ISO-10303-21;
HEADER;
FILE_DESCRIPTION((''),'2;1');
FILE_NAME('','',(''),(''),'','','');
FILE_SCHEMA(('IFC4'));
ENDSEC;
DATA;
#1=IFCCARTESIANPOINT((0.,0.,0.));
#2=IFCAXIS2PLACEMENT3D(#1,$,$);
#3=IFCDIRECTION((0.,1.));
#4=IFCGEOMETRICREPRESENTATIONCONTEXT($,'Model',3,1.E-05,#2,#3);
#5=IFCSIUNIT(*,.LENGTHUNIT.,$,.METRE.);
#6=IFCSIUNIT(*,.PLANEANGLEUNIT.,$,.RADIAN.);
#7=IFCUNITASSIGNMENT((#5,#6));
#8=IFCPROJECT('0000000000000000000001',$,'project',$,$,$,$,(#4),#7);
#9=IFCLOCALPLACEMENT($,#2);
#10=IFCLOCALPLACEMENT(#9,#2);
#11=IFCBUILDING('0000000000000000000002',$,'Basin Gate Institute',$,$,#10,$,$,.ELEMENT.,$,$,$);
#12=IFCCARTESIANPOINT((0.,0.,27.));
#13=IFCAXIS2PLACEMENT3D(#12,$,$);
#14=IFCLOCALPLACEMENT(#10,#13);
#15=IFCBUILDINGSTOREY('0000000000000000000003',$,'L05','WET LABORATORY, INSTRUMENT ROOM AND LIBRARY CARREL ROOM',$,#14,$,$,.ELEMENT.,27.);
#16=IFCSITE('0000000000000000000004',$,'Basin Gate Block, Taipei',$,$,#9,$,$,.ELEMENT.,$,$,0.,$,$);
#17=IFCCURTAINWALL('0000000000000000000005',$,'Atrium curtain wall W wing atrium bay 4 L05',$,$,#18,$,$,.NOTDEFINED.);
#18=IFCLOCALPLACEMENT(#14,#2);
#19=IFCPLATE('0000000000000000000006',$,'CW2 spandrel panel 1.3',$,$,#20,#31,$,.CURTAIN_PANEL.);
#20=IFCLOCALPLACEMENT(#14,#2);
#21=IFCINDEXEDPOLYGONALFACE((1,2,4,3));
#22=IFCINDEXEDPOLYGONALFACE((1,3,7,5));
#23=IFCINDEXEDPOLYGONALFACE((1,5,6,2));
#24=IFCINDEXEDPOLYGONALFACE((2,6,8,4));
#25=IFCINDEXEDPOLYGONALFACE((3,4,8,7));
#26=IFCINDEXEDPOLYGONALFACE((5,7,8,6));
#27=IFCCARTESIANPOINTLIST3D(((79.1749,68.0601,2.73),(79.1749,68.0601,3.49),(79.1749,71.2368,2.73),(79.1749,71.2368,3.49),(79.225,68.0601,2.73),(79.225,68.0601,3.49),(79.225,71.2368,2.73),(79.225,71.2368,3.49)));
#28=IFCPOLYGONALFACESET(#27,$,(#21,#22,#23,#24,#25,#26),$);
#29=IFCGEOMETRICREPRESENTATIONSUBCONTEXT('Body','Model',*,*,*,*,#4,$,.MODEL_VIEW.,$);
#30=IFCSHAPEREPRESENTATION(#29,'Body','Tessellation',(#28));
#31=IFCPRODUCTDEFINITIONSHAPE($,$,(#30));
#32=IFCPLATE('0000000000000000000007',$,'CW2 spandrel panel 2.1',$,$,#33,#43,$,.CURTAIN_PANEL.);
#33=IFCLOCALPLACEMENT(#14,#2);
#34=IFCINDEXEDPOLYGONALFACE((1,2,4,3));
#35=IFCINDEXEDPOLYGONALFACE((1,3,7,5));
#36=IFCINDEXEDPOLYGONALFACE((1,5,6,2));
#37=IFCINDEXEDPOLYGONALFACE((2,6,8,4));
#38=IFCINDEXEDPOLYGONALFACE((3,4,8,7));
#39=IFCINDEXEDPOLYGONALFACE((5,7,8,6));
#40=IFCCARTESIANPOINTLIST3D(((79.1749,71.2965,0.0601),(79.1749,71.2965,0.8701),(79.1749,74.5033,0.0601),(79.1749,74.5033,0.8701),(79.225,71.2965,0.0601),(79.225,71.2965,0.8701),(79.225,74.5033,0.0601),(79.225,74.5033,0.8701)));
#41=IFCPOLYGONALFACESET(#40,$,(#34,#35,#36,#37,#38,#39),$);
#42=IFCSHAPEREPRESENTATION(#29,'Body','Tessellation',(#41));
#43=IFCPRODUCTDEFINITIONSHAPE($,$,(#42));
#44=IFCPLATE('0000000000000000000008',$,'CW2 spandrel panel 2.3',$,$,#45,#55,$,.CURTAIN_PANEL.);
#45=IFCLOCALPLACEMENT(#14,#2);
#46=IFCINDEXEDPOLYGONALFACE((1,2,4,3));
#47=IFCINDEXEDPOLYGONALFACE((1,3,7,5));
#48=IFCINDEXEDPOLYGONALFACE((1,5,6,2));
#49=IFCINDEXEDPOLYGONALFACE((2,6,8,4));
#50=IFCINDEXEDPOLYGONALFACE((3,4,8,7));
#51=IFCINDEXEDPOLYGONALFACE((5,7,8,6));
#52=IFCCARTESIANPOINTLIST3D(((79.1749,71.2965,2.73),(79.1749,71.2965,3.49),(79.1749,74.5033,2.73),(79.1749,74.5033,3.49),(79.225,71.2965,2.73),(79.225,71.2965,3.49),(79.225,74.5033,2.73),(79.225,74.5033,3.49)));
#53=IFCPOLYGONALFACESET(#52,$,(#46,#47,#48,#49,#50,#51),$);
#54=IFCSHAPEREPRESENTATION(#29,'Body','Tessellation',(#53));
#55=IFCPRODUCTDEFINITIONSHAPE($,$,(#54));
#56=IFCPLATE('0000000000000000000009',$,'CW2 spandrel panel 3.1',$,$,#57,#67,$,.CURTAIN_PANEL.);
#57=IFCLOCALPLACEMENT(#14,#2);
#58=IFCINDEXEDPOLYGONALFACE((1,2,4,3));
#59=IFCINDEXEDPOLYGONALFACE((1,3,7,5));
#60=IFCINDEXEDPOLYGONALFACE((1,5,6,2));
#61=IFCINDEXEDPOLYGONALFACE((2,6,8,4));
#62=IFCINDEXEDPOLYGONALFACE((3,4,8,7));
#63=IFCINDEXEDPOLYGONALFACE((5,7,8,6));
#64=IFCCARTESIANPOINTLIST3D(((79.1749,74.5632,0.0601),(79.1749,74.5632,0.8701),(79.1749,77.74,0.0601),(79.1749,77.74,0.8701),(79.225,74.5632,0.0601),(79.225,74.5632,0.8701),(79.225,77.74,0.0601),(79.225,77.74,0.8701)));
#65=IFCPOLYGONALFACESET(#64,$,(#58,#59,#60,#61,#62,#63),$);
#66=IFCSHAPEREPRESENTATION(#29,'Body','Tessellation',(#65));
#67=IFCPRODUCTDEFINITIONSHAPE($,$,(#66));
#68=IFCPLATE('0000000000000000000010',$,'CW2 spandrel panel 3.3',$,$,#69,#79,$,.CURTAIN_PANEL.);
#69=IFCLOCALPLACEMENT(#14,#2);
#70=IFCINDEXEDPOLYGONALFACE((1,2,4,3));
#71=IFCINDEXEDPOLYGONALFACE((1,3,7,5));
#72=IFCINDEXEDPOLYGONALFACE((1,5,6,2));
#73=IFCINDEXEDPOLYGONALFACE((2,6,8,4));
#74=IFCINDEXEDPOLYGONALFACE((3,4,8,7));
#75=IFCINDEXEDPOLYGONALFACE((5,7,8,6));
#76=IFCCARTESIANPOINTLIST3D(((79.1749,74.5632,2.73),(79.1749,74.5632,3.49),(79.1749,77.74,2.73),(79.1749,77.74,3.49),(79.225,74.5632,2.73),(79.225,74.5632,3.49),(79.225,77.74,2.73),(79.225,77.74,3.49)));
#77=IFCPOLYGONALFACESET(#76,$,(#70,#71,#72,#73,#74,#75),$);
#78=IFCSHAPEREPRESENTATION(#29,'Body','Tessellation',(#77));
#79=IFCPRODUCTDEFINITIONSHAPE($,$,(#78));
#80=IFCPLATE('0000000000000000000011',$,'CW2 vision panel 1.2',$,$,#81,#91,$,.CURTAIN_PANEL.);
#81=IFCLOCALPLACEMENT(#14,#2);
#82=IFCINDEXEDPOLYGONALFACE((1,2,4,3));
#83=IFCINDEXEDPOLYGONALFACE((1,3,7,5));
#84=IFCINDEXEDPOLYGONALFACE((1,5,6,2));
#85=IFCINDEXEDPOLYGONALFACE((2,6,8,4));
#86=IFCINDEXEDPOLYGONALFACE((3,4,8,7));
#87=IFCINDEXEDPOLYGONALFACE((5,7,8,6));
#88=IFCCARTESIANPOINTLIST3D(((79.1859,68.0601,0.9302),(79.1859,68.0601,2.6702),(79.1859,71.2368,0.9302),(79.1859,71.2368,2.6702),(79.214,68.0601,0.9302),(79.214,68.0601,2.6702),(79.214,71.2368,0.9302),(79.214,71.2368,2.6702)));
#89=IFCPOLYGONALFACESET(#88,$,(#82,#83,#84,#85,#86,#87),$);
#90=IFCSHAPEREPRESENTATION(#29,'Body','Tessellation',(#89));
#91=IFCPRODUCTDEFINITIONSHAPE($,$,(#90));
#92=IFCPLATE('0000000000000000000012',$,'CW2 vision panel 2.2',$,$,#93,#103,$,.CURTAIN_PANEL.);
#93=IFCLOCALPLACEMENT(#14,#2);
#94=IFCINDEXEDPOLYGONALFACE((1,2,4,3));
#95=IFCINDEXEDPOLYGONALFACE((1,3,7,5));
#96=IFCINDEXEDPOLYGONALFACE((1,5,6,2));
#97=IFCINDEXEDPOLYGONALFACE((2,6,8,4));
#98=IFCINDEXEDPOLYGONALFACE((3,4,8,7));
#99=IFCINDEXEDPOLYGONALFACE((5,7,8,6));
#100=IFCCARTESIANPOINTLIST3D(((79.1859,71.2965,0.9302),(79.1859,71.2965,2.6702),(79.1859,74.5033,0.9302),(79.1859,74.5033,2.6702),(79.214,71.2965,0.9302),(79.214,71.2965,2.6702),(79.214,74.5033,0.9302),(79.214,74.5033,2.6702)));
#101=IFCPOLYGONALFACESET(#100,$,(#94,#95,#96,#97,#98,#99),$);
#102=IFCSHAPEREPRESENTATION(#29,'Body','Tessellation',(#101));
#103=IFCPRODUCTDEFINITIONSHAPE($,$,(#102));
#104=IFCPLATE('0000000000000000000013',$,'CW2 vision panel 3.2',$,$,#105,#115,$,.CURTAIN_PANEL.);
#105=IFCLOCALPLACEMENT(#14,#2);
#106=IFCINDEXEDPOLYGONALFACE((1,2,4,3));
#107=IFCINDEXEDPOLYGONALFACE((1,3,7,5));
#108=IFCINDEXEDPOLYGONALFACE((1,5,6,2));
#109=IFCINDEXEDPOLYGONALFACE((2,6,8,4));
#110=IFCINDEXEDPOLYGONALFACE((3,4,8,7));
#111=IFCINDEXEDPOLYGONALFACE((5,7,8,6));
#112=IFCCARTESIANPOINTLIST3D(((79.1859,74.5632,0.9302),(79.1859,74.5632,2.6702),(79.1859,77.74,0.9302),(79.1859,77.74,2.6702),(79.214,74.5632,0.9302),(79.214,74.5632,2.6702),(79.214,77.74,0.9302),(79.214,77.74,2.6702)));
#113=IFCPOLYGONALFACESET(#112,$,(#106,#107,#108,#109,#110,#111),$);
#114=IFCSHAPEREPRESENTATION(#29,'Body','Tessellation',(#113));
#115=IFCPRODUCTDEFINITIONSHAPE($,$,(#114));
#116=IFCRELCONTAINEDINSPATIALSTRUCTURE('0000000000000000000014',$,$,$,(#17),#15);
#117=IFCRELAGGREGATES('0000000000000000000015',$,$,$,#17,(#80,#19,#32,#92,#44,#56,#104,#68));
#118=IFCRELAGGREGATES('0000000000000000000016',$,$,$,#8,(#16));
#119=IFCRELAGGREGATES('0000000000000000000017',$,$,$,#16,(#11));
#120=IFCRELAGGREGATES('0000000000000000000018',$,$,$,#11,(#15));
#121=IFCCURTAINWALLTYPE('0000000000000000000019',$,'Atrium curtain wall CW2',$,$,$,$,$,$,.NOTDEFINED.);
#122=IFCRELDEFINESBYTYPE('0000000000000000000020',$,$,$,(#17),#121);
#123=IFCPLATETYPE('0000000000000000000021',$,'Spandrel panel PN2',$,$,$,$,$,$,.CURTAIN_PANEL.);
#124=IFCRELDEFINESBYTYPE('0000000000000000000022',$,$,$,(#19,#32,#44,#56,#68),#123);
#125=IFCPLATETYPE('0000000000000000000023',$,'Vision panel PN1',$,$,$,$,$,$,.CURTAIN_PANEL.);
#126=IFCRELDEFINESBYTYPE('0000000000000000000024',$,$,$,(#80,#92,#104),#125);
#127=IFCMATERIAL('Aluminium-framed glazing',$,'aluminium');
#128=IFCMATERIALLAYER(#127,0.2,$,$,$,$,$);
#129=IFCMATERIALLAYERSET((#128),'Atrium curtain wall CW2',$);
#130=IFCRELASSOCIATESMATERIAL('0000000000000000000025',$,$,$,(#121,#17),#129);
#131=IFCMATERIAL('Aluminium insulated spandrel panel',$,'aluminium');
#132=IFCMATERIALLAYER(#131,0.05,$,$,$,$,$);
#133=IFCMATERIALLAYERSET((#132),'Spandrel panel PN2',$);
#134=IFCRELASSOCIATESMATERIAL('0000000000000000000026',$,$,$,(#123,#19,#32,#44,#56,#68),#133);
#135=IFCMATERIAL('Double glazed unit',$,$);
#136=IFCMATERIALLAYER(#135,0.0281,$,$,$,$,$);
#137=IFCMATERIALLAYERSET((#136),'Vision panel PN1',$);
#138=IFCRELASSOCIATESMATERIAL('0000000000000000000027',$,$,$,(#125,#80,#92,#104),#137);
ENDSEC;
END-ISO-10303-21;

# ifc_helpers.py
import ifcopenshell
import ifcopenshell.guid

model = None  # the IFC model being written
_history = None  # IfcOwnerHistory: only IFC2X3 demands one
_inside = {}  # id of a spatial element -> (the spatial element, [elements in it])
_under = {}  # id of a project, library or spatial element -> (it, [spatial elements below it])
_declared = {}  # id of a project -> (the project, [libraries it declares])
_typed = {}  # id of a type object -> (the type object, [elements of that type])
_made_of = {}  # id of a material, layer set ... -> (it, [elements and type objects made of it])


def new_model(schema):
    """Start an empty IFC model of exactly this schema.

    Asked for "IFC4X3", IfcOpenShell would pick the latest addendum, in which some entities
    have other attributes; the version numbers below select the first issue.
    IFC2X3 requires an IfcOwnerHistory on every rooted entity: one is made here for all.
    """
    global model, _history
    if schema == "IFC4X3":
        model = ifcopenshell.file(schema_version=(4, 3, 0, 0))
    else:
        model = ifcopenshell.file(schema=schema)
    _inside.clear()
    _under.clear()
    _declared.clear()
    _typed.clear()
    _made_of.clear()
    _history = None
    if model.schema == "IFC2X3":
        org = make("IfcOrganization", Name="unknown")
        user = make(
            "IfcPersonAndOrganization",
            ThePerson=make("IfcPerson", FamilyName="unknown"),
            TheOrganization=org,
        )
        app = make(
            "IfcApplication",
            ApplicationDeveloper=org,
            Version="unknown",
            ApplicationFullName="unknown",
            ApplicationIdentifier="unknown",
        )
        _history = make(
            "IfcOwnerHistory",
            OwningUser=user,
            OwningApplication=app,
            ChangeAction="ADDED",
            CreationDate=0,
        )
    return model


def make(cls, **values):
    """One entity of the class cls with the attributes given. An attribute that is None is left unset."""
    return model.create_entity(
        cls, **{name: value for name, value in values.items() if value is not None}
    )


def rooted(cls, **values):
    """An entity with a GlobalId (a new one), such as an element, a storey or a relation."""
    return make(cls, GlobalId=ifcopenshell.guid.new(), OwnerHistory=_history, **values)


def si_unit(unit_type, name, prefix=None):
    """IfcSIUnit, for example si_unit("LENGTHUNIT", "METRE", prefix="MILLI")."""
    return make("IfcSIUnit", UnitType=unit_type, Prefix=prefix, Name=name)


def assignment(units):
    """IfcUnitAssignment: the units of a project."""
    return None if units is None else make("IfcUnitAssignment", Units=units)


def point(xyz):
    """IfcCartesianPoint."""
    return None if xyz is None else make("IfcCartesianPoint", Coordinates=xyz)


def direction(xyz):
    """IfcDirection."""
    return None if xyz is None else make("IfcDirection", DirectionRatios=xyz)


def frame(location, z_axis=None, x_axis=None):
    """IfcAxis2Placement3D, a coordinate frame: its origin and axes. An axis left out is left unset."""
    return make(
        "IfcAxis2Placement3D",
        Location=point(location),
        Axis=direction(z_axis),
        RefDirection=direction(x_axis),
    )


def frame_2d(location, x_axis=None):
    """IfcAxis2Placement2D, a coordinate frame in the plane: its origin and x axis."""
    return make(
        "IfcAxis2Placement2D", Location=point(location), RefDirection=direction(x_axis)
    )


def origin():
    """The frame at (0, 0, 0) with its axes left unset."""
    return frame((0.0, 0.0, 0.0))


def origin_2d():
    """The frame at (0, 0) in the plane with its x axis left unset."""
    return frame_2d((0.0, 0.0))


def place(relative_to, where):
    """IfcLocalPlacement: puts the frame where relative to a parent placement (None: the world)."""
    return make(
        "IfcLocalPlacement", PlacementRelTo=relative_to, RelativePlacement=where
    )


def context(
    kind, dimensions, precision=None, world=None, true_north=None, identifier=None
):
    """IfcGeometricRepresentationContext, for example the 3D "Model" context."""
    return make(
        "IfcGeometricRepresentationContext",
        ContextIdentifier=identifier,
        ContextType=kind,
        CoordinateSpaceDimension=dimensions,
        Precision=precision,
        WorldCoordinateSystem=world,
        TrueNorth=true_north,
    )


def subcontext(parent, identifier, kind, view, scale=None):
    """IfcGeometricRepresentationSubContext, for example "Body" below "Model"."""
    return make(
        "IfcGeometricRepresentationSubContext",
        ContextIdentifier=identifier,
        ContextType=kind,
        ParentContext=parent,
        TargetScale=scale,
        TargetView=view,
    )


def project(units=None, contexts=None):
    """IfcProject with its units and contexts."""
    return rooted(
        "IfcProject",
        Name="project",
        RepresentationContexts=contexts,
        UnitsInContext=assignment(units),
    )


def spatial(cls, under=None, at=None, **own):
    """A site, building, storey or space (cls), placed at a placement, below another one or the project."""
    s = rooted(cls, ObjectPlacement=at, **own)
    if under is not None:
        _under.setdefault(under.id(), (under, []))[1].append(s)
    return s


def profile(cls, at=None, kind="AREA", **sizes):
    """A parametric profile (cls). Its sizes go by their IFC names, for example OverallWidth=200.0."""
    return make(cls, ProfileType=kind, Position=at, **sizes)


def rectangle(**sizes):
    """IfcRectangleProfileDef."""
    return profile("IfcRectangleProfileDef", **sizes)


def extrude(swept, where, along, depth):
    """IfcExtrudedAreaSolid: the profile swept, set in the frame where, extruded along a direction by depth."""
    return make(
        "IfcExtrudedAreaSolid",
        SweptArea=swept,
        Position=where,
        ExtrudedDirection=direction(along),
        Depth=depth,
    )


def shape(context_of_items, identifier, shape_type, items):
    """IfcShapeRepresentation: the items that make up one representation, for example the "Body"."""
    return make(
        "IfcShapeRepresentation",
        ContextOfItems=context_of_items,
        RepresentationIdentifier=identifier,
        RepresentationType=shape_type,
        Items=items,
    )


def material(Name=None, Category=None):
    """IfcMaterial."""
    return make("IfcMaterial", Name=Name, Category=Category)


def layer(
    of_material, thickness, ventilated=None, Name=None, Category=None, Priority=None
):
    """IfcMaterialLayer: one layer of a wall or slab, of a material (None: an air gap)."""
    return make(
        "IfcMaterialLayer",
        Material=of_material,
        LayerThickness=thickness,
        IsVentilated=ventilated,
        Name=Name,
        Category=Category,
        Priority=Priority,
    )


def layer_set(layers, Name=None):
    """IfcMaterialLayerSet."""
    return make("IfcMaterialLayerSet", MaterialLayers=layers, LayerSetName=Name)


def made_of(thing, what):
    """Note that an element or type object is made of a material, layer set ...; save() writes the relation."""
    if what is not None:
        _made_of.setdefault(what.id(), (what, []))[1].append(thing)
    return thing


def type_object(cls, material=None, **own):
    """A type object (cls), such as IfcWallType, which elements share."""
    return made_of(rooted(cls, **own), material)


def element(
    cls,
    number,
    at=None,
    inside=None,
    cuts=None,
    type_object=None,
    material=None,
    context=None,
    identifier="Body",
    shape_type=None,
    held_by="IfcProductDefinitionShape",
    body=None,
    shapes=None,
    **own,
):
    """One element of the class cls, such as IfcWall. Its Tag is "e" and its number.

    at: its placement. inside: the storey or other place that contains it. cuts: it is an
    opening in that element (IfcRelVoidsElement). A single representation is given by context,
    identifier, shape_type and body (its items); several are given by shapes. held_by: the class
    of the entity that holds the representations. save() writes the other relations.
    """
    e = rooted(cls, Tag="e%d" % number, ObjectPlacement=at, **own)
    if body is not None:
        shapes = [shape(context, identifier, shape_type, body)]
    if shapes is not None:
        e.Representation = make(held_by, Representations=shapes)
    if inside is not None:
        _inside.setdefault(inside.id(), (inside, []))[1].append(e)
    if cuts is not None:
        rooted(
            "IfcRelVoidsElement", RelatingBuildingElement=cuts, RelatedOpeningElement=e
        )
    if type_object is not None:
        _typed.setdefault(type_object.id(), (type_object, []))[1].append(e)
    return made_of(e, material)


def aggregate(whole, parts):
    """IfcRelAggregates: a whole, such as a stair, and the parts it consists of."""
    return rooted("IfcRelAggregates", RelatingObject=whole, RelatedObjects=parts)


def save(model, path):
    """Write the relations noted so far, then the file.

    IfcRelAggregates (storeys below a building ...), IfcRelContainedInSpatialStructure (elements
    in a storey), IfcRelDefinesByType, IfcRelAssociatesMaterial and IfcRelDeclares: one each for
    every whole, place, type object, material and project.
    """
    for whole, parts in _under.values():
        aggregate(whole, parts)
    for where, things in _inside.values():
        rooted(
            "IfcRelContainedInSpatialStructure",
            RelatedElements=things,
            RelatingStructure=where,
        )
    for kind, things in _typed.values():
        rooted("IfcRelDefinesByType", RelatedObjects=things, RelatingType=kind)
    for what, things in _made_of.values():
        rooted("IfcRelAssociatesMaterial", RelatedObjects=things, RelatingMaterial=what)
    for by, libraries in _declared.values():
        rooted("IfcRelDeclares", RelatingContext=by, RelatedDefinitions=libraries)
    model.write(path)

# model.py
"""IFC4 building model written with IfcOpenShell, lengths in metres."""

from ifc_helpers import new_model, si_unit, direction, frame, origin, origin_2d, place, context, subcontext, project, spatial, rectangle, extrude, material, layer, layer_set, type_object, element, aggregate, save


model = new_model("IFC4")

# Units and contexts
model_context = context("Model", 3, precision=1e-05, world=origin(), true_north=direction((0.0, 1.0)))
body_context = subcontext(model_context, "Body", "Model", "MODEL_VIEW")
ifc_project = project(units=[si_unit("LENGTHUNIT", "METRE"), si_unit("PLANEANGLEUNIT", "RADIAN")], contexts=[model_context])

# Site, building, storey
site_placement = place(None, origin())
site = spatial("IfcSite", under=ifc_project, at=site_placement, Name="Basin Gate Block, Taipei", CompositionType="ELEMENT", RefElevation=0.0)
building_placement = place(site_placement, origin())
building = spatial("IfcBuilding", under=site, at=building_placement, Name="Basin Gate Institute", CompositionType="ELEMENT")
storey_placement = place(building_placement, frame((0.0, 0.0, 27.0)))
storey = spatial("IfcBuildingStorey", under=building, at=storey_placement, Name="L05", Description="WET LABORATORY, INSTRUMENT ROOM AND LIBRARY CARREL ROOM", CompositionType="ELEMENT", Elevation=27.0)

# Curtain wall, plates
ifc_material_1 = material(Name="Aluminium-framed glazing", Category="aluminium")
ifc_layer_1 = layer(ifc_material_1, 0.2)
ifc_layer_set_1 = layer_set([ifc_layer_1], Name="Atrium curtain wall CW2")
curtain_wall_type = type_object("IfcCurtainWallType", Name="Atrium curtain wall CW2", PredefinedType="NOTDEFINED", material=ifc_layer_set_1)
curtain_wall_placement = place(storey_placement, origin())
curtain_wall = element("IfcCurtainWall", 1, at=curtain_wall_placement, inside=storey, type_object=curtain_wall_type, material=ifc_layer_set_1, Name="Atrium curtain wall W wing atrium bay 4 L05", PredefinedType="NOTDEFINED")
ifc_material_2 = material(Name="Aluminium insulated spandrel panel", Category="aluminium")
ifc_layer_2 = layer(ifc_material_2, 0.05)
ifc_layer_set_2 = layer_set([ifc_layer_2], Name="Spandrel panel PN2")
plate_type_1 = type_object("IfcPlateType", Name="Spandrel panel PN2", PredefinedType="CURTAIN_PANEL", material=ifc_layer_set_2)
plate_1_placement = place(storey_placement, frame((79.2, 69.6484, 2.73), z_axis=(0.0, 0.0, 1.0), x_axis=(0.0, 1.0, 0.0)))
plate_1 = element("IfcPlate", 2, at=plate_1_placement, type_object=plate_type_1, material=ifc_layer_set_2, Name="CW2 spandrel panel 1.3", PredefinedType="CURTAIN_PANEL", context=body_context, shape_type="SweptSolid", body=[
    extrude(rectangle(XDim=3.1768, YDim=0.05, at=origin_2d()), origin(), (0.0, 0.0, 1.0), 0.76),
])
plate_2_placement = place(storey_placement, frame((79.2, 72.8999, 0.0601), z_axis=(0.0, 0.0, 1.0), x_axis=(0.0, 1.0, 0.0)))
plate_2 = element("IfcPlate", 3, at=plate_2_placement, type_object=plate_type_1, material=ifc_layer_set_2, Name="CW2 spandrel panel 2.1", PredefinedType="CURTAIN_PANEL", context=body_context, shape_type="SweptSolid", body=[
    extrude(rectangle(XDim=3.2068, YDim=0.05, at=origin_2d()), origin(), (0.0, 0.0, 1.0), 0.8101),
])
plate_3_placement = place(storey_placement, frame((79.2, 72.8999, 2.73), z_axis=(0.0, 0.0, 1.0), x_axis=(0.0, 1.0, 0.0)))
plate_3 = element("IfcPlate", 4, at=plate_3_placement, type_object=plate_type_1, material=ifc_layer_set_2, Name="CW2 spandrel panel 2.3", PredefinedType="CURTAIN_PANEL", context=body_context, shape_type="SweptSolid", body=[
    extrude(rectangle(XDim=3.2068, YDim=0.05, at=origin_2d()), origin(), (0.0, 0.0, 1.0), 0.76),
])
plate_4_placement = place(storey_placement, frame((79.2, 76.1516, 0.0601), z_axis=(0.0, 0.0, 1.0), x_axis=(0.0, 1.0, 0.0)))
plate_4 = element("IfcPlate", 5, at=plate_4_placement, type_object=plate_type_1, material=ifc_layer_set_2, Name="CW2 spandrel panel 3.1", PredefinedType="CURTAIN_PANEL", context=body_context, shape_type="SweptSolid", body=[
    extrude(rectangle(XDim=3.1768, YDim=0.05, at=origin_2d()), origin(), (0.0, 0.0, 1.0), 0.8101),
])
plate_5_placement = place(storey_placement, frame((79.2, 76.1516, 2.73), z_axis=(0.0, 0.0, 1.0), x_axis=(0.0, 1.0, 0.0)))
plate_5 = element("IfcPlate", 6, at=plate_5_placement, type_object=plate_type_1, material=ifc_layer_set_2, Name="CW2 spandrel panel 3.3", PredefinedType="CURTAIN_PANEL", context=body_context, shape_type="SweptSolid", body=[
    extrude(rectangle(XDim=3.1768, YDim=0.05, at=origin_2d()), origin(), (0.0, 0.0, 1.0), 0.76),
])
ifc_material_3 = material(Name="Double glazed unit")
ifc_layer_3 = layer(ifc_material_3, 0.0281)
ifc_layer_set_3 = layer_set([ifc_layer_3], Name="Vision panel PN1")
plate_type_2 = type_object("IfcPlateType", Name="Vision panel PN1", PredefinedType="CURTAIN_PANEL", material=ifc_layer_set_3)
plate_6_placement = place(storey_placement, frame((79.2, 69.6484, 0.9302), z_axis=(0.0, 0.0, 1.0), x_axis=(0.0, 1.0, 0.0)))
plate_6 = element("IfcPlate", 7, at=plate_6_placement, type_object=plate_type_2, material=ifc_layer_set_3, Name="CW2 vision panel 1.2", PredefinedType="CURTAIN_PANEL", context=body_context, shape_type="SweptSolid", body=[
    extrude(rectangle(XDim=3.1768, YDim=0.0281, at=origin_2d()), origin(), (0.0, 0.0, 1.0), 1.74),
])
plate_7_placement = place(storey_placement, frame((79.2, 72.8999, 0.9302), z_axis=(0.0, 0.0, 1.0), x_axis=(0.0, 1.0, 0.0)))
plate_7 = element("IfcPlate", 8, at=plate_7_placement, type_object=plate_type_2, material=ifc_layer_set_3, Name="CW2 vision panel 2.2", PredefinedType="CURTAIN_PANEL", context=body_context, shape_type="SweptSolid", body=[
    extrude(rectangle(XDim=3.2068, YDim=0.0281, at=origin_2d()), origin(), (0.0, 0.0, 1.0), 1.74),
])
plate_8_placement = place(storey_placement, frame((79.2, 76.1516, 0.9302), z_axis=(0.0, 0.0, 1.0), x_axis=(0.0, 1.0, 0.0)))
plate_8 = element("IfcPlate", 9, at=plate_8_placement, type_object=plate_type_2, material=ifc_layer_set_3, Name="CW2 vision panel 3.2", PredefinedType="CURTAIN_PANEL", context=body_context, shape_type="SweptSolid", body=[
    extrude(rectangle(XDim=3.1768, YDim=0.0281, at=origin_2d()), origin(), (0.0, 0.0, 1.0), 1.74),
])
aggregate(curtain_wall, [plate_6, plate_1, plate_2, plate_7, plate_3, plate_4, plate_8, plate_5])

save(model, "model.ifc")
